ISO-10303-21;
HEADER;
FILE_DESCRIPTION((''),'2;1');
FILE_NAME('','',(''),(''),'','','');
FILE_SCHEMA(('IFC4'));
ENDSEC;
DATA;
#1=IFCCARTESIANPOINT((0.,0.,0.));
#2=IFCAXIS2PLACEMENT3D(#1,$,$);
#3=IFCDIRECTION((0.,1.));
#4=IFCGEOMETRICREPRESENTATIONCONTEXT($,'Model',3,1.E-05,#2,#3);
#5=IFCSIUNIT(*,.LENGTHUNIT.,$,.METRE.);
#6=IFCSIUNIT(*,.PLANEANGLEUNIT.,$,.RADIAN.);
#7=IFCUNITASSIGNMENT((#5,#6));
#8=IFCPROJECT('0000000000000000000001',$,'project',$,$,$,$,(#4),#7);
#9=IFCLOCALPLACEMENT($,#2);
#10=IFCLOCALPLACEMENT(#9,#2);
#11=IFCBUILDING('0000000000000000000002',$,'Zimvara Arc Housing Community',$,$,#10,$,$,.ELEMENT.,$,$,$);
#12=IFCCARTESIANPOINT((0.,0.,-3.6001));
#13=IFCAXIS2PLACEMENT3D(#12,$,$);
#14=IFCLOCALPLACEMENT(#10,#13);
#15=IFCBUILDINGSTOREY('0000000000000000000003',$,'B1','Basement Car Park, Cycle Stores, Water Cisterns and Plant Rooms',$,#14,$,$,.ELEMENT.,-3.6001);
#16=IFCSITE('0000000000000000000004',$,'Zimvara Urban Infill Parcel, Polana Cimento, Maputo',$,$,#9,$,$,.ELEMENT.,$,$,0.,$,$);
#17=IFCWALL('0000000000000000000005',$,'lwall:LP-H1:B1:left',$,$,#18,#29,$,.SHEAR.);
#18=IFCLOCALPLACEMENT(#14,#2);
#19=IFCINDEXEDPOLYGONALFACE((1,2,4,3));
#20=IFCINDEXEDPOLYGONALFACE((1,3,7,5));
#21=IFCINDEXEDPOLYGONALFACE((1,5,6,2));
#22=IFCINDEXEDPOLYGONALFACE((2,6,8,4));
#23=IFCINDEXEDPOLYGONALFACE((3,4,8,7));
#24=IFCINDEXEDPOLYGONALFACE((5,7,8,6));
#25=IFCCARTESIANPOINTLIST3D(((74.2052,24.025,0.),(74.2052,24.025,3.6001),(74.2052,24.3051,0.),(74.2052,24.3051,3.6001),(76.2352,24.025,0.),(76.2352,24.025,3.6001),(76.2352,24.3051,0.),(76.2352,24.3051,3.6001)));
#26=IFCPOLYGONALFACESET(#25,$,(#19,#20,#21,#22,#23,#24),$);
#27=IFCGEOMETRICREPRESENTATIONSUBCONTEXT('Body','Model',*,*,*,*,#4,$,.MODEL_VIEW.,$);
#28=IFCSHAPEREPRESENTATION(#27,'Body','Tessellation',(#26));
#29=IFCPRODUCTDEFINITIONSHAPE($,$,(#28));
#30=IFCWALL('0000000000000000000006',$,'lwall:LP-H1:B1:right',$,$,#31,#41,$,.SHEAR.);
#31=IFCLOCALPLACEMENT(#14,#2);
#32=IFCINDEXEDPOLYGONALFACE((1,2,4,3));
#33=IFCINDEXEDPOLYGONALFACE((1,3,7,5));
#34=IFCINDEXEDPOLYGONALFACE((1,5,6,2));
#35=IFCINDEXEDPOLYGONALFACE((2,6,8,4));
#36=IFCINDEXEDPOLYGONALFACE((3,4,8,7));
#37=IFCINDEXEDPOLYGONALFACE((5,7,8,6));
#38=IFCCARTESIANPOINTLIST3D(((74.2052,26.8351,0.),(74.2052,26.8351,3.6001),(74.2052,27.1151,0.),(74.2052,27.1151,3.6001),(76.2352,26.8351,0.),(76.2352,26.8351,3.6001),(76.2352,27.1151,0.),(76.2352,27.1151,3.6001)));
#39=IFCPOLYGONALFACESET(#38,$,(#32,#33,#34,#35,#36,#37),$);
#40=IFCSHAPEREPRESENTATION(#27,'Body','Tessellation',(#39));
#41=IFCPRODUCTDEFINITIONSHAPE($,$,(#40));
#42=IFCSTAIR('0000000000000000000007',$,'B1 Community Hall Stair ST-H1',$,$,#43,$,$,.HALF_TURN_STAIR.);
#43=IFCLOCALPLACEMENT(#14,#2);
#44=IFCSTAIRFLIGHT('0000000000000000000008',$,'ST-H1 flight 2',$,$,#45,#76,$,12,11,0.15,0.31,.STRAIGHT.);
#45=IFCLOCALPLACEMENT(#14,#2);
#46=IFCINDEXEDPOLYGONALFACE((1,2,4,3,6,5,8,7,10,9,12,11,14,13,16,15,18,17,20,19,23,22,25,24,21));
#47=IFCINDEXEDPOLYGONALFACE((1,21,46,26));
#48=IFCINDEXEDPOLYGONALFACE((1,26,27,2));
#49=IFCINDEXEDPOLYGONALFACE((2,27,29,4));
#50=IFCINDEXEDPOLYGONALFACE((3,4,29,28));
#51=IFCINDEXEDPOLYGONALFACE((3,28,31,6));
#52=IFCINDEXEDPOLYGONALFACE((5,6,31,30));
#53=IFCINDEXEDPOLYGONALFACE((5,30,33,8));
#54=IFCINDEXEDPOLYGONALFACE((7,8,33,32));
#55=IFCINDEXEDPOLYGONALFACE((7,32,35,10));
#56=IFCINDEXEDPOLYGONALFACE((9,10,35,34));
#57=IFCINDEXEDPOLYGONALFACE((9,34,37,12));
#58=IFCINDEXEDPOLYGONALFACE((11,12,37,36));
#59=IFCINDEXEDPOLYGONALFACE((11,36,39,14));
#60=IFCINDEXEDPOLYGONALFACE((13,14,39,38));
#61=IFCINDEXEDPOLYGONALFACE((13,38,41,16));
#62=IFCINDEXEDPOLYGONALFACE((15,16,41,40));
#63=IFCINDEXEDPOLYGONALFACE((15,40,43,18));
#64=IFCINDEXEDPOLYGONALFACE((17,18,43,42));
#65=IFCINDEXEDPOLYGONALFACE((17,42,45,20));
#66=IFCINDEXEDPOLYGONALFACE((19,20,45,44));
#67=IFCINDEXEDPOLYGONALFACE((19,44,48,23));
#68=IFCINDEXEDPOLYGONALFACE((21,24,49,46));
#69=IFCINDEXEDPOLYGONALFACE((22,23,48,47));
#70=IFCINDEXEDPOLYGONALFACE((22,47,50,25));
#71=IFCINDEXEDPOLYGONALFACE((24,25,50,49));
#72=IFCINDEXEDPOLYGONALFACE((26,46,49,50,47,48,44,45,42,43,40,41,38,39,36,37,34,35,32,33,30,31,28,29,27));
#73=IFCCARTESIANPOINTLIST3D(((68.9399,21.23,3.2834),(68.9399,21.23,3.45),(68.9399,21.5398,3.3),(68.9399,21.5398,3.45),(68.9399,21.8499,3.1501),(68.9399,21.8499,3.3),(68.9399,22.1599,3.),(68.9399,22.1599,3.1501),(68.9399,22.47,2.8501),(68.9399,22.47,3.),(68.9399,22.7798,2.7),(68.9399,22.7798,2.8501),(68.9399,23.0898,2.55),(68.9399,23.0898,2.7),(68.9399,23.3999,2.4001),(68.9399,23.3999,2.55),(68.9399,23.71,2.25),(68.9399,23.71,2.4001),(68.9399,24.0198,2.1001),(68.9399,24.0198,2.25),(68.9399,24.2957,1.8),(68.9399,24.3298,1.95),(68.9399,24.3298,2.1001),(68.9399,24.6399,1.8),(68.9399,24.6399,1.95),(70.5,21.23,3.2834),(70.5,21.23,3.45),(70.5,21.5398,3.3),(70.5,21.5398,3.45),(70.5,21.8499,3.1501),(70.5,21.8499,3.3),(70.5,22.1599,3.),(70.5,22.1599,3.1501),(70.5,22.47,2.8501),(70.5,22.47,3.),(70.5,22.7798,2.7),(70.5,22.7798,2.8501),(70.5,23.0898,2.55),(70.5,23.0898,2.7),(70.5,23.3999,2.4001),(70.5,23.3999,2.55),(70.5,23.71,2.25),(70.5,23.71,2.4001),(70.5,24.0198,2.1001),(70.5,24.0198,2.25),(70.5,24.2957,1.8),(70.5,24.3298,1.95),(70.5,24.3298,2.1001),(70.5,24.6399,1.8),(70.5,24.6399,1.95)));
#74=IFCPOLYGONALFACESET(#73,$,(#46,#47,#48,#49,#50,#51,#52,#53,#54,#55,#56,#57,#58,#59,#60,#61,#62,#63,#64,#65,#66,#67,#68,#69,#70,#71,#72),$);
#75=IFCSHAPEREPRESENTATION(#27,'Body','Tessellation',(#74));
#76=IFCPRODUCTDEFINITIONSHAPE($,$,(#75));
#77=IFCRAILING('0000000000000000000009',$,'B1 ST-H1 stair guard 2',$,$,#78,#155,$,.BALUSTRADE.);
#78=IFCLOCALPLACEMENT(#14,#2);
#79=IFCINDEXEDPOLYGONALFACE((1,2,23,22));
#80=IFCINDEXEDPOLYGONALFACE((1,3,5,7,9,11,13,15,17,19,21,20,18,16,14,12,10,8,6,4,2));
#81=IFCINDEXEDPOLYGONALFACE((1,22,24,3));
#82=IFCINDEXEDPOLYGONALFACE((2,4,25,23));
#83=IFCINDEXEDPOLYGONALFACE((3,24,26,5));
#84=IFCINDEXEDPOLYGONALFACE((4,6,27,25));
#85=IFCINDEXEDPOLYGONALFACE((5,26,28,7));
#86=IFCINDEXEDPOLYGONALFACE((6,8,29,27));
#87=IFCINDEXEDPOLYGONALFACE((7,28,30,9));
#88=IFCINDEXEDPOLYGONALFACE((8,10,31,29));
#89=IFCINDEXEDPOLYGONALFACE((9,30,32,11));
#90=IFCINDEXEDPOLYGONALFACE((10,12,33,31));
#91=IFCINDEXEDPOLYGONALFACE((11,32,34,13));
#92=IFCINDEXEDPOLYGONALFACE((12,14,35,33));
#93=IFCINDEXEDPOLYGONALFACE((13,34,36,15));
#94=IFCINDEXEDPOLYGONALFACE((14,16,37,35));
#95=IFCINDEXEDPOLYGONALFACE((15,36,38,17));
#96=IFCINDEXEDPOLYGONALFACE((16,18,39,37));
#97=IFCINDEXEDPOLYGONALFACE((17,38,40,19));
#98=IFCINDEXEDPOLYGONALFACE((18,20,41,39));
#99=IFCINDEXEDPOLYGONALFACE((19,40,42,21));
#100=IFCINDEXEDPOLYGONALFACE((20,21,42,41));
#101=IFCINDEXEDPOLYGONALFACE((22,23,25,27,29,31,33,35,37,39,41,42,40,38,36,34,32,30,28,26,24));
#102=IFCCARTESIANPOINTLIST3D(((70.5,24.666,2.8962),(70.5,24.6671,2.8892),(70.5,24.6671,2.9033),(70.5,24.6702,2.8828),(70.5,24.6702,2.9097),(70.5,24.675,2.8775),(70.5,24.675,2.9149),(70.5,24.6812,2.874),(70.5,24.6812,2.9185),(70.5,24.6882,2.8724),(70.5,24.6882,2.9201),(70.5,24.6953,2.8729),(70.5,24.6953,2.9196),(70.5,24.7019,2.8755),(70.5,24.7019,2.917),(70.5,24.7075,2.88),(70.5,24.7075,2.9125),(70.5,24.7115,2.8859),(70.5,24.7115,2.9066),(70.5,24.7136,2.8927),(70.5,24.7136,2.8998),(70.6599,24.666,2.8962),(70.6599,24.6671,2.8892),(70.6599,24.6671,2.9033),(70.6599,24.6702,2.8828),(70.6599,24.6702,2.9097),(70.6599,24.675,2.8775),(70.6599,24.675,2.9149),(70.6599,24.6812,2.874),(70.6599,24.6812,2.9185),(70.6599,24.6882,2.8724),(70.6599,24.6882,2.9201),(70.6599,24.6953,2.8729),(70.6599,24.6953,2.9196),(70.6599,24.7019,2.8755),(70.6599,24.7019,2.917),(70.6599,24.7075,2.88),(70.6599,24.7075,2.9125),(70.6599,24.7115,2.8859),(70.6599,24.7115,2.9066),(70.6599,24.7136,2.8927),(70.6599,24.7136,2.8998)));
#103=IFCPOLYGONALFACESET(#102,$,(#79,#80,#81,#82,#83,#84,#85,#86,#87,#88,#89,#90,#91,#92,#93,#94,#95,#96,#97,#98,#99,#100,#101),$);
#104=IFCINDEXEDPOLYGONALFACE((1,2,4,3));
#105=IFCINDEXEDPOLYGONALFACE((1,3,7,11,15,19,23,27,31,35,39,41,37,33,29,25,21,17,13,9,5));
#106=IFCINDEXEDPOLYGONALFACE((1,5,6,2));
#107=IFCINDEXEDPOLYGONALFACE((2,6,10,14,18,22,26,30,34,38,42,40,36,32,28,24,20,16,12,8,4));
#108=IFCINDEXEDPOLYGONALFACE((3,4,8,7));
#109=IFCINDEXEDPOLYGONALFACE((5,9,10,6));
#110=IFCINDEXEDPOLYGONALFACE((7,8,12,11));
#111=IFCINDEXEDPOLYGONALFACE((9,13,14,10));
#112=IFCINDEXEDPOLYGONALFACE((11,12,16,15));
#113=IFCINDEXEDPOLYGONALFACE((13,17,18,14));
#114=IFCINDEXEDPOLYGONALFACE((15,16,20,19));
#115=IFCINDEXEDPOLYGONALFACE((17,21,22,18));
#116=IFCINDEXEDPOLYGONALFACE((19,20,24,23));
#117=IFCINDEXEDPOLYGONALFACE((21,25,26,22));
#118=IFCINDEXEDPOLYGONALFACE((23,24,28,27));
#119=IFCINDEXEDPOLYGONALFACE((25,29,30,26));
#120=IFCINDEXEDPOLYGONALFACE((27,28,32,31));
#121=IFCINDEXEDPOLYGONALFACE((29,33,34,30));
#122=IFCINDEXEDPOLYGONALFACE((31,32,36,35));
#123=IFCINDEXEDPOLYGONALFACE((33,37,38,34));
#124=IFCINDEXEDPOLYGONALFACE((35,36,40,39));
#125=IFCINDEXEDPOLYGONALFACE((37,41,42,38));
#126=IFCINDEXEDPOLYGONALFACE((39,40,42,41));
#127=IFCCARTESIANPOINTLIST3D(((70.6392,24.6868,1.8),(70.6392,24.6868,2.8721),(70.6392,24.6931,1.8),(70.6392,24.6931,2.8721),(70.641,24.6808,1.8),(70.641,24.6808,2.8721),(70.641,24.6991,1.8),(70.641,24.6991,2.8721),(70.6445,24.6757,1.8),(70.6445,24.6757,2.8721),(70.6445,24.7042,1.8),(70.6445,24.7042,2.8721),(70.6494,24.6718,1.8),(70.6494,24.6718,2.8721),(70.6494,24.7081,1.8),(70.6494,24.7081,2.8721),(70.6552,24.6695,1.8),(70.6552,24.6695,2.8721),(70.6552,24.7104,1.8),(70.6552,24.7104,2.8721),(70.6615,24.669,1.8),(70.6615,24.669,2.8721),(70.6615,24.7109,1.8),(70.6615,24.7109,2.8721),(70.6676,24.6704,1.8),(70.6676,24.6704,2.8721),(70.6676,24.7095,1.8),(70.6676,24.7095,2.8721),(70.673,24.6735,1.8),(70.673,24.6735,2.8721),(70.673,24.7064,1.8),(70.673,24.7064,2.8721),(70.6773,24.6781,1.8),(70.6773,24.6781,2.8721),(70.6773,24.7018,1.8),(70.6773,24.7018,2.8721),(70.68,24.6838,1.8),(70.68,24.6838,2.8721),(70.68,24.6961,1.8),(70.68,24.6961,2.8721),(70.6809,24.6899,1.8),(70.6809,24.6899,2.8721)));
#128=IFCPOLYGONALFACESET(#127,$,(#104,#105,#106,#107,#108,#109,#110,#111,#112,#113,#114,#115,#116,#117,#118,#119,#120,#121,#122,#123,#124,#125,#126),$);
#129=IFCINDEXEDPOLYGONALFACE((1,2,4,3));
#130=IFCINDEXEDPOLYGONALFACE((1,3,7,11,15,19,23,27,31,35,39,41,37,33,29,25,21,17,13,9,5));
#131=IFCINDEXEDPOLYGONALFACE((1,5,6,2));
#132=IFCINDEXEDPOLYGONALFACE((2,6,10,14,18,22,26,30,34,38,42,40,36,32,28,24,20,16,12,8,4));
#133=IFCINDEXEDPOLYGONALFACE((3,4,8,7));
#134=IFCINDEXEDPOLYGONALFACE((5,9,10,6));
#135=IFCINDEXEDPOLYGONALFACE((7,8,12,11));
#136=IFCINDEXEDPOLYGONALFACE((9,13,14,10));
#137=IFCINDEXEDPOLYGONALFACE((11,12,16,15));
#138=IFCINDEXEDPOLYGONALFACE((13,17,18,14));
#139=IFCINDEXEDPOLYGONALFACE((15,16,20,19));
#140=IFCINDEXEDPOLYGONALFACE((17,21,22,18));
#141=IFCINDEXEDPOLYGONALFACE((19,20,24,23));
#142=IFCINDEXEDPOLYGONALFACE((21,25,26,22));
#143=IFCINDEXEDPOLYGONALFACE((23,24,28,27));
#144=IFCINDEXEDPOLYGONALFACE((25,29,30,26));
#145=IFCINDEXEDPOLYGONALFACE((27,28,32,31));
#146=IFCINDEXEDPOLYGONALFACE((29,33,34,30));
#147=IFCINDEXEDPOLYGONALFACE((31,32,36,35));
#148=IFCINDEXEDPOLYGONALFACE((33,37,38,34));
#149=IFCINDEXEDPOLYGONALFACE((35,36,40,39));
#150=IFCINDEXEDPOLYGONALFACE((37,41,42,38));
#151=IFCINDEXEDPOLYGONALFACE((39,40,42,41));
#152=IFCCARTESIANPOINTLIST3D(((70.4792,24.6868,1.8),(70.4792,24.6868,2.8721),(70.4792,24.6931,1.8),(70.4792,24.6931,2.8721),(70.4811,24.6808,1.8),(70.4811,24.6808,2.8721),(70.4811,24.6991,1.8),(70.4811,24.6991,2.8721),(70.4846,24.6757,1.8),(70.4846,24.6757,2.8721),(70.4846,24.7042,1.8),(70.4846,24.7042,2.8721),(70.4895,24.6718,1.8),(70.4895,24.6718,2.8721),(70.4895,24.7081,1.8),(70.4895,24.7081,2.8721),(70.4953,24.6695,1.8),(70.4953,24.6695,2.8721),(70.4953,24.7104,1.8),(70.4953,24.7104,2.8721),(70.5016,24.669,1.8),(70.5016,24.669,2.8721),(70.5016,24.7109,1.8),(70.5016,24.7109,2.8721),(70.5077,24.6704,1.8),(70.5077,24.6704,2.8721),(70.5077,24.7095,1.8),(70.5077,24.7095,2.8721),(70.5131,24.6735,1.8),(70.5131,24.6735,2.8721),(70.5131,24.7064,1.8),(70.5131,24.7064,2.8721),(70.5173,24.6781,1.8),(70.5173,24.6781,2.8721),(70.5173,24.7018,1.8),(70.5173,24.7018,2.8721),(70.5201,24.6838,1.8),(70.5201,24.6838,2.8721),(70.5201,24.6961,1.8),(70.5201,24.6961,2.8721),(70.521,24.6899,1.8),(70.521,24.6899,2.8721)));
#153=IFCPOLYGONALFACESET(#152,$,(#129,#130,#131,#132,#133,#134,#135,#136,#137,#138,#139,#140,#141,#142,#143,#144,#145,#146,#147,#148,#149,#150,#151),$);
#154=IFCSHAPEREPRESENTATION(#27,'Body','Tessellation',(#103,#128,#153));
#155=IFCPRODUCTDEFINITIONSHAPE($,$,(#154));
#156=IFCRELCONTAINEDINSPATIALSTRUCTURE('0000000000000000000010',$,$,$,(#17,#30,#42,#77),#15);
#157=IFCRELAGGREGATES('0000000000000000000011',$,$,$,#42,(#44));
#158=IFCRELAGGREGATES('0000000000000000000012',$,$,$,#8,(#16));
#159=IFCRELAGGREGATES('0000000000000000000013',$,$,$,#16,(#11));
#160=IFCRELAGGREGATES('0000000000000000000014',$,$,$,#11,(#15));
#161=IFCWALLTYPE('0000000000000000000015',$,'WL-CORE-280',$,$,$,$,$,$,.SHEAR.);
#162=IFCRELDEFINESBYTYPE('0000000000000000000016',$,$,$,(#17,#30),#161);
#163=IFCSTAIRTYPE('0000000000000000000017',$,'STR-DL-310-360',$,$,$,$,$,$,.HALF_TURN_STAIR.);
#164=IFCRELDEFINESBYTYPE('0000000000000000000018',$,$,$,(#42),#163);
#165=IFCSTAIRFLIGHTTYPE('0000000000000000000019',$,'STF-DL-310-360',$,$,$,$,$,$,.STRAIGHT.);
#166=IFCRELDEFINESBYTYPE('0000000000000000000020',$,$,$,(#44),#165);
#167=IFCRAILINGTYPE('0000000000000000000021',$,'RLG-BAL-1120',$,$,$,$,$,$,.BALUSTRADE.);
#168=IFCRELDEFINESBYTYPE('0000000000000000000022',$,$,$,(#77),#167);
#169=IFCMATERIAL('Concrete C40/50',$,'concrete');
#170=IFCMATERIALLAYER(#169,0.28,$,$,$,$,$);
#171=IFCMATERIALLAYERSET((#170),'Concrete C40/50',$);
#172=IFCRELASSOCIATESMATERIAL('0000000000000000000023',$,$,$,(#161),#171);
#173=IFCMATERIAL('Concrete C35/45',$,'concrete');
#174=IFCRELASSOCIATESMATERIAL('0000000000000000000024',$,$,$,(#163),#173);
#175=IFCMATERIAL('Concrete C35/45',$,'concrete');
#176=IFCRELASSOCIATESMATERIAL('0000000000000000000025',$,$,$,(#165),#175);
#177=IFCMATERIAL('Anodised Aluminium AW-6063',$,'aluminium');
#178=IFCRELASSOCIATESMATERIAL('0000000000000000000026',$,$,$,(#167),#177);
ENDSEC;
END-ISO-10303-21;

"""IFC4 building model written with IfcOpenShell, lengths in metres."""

from ifc_helpers import new_model, si_unit, direction, frame, frame_2d, origin, origin_2d, place, context, subcontext, project, spatial, polyline, rectangle, circle, outline, extrude, material, layer, layer_set, type_object, element, aggregate, save


model = new_model("IFC4")

# Units and contexts
model_context = context("Model", 3, precision=1e-05, world=origin(), true_north=direction((0.0, 1.0)))
body_context = subcontext(model_context, "Body", "Model", "MODEL_VIEW")
ifc_project = project(units=[si_unit("LENGTHUNIT", "METRE"), si_unit("PLANEANGLEUNIT", "RADIAN")], contexts=[model_context])

# Site, building, storey
site_placement = place(None, origin())
site = spatial("IfcSite", under=ifc_project, at=site_placement, Name="Zimvara Urban Infill Parcel, Polana Cimento, Maputo", CompositionType="ELEMENT", RefElevation=0.0)
building_placement = place(site_placement, origin())
building = spatial("IfcBuilding", under=site, at=building_placement, Name="Zimvara Arc Housing Community", CompositionType="ELEMENT")
storey_placement = place(building_placement, frame((0.0, 0.0, -3.6001)))
storey = spatial("IfcBuildingStorey", under=building, at=storey_placement, Name="B1", Description="Basement Car Park, Cycle Stores, Water Cisterns and Plant Rooms", CompositionType="ELEMENT", Elevation=-3.6001)

# Shared definitions
ifc_material_1 = material(Name="Concrete C40/50", Category="concrete")
ifc_layer = layer(ifc_material_1, 0.28)
ifc_layer_set = layer_set([ifc_layer], Name="Concrete C40/50")
wall_type = type_object("IfcWallType", Name="WL-CORE-280", PredefinedType="SHEAR", material=ifc_layer_set)

# Walls
for number, where, z_axis, x_axis, name in (
    (1, (74.2051, 24.165, 0.0), (0.0, 0.0, 1.0), (1.0, 0.0, 0.0), "lwall:LP-H1:B1:left"),
    (2, (74.2051, 26.9751, 0.0), (0.0, 0.0, 1.0), (1.0, 0.0, 0.0), "lwall:LP-H1:B1:right"),
):
    element("IfcWall", number, at=place(storey_placement, frame(where, z_axis=z_axis, x_axis=x_axis)), inside=storey, type_object=wall_type, Name=name, PredefinedType="SHEAR", context=body_context, shape_type="SweptSolid", body=[
        extrude(rectangle(XDim=2.03, YDim=0.28, at=frame_2d((1.0151, 0.0))), origin(), (0.0, 0.0, 1.0), 3.6001),
    ])

# Stair, stair flight
ifc_material_2 = material(Name="Concrete C35/45", Category="concrete")
stair_type = type_object("IfcStairType", Name="STR-DL-310-360", PredefinedType="HALF_TURN_STAIR", material=ifc_material_2)
stair_placement = place(storey_placement, origin())
stair = element("IfcStair", 3, at=stair_placement, inside=storey, type_object=stair_type, Name="B1 Community Hall Stair ST-H1", PredefinedType="HALF_TURN_STAIR")
ifc_material_3 = material(Name="Concrete C35/45", Category="concrete")
stair_flight_type = type_object("IfcStairFlightType", Name="STF-DL-310-360", PredefinedType="STRAIGHT", material=ifc_material_3)
stair_flight_placement = place(storey_placement, frame((69.72, 24.6399, 1.8), z_axis=(0.0, 0.0, 1.0), x_axis=(0.0, -1.0, 0.0)))
stair_flight = element("IfcStairFlight", 4, at=stair_flight_placement, type_object=stair_flight_type, Name="ST-H1 flight 2", NumberOfRisers=12, NumberOfTreads=11, PredefinedType="STRAIGHT", RiserHeight=0.15, TreadLength=0.31, context=body_context, shape_type="SweptSolid", body=[
    extrude(outline(polyline([(0.0, 0.0), (0.0, 0.1499), (0.3101, 0.1499), (0.3101, 0.3), (0.6201, 0.3), (0.6201, 0.45), (0.9299, 0.45), (0.9299, 0.6001), (1.24, 0.6001), (1.24, 0.75), (1.55, 0.75), (1.55, 0.8999), (1.8601, 0.8999), (1.8601, 1.05), (2.1699, 1.05), (2.1699, 1.2), (2.48, 1.2), (2.48, 1.3501), (2.79, 1.3501), (2.79, 1.5), (3.1001, 1.5), (3.1001, 1.6499), (3.4099, 1.6499), (3.4099, 1.8), (3.4099, 1.4834), (0.3442, 0.0), (0.0, 0.0)])), frame((0.0, 0.78, 0.0), z_axis=(0.0, -1.0, 0.0), x_axis=(1.0, 0.0, 0.0)), (0.0, 0.0, 1.0), 1.5601),
])
aggregate(stair, [stair_flight])

# Railing
ifc_material_4 = material(Name="Anodised Aluminium AW-6063", Category="aluminium")
railing_type_1 = type_object("IfcRailingType", Name="RLG-BAL-1120", PredefinedType="BALUSTRADE", material=ifc_material_4)
railing_1_placement = place(storey_placement, frame((70.6599, 24.6899, 1.8)))
element("IfcRailing", 5, at=railing_1_placement, inside=storey, type_object=railing_type_1, Name="B1 ST-H1 stair guard 2", PredefinedType="BALUSTRADE", context=body_context, shape_type="SweptSolid", body=[
    extrude(circle(Radius=0.0239, at=origin_2d()), frame((0.0, 0.0, 1.0962), z_axis=(-1.0, 0.0, 0.0), x_axis=(0.0, -1.0, 0.0)), (0.0, 0.0, 1.0), 0.1599),
    extrude(circle(Radius=0.021, at=origin_2d()), origin(), (0.0, 0.0, 1.0), 1.072),
    extrude(circle(Radius=0.021, at=origin_2d()), frame((-0.1599, 0.0, 0.0)), (0.0, 0.0, 1.0), 1.072),
])

save(model, "model.ifc")
